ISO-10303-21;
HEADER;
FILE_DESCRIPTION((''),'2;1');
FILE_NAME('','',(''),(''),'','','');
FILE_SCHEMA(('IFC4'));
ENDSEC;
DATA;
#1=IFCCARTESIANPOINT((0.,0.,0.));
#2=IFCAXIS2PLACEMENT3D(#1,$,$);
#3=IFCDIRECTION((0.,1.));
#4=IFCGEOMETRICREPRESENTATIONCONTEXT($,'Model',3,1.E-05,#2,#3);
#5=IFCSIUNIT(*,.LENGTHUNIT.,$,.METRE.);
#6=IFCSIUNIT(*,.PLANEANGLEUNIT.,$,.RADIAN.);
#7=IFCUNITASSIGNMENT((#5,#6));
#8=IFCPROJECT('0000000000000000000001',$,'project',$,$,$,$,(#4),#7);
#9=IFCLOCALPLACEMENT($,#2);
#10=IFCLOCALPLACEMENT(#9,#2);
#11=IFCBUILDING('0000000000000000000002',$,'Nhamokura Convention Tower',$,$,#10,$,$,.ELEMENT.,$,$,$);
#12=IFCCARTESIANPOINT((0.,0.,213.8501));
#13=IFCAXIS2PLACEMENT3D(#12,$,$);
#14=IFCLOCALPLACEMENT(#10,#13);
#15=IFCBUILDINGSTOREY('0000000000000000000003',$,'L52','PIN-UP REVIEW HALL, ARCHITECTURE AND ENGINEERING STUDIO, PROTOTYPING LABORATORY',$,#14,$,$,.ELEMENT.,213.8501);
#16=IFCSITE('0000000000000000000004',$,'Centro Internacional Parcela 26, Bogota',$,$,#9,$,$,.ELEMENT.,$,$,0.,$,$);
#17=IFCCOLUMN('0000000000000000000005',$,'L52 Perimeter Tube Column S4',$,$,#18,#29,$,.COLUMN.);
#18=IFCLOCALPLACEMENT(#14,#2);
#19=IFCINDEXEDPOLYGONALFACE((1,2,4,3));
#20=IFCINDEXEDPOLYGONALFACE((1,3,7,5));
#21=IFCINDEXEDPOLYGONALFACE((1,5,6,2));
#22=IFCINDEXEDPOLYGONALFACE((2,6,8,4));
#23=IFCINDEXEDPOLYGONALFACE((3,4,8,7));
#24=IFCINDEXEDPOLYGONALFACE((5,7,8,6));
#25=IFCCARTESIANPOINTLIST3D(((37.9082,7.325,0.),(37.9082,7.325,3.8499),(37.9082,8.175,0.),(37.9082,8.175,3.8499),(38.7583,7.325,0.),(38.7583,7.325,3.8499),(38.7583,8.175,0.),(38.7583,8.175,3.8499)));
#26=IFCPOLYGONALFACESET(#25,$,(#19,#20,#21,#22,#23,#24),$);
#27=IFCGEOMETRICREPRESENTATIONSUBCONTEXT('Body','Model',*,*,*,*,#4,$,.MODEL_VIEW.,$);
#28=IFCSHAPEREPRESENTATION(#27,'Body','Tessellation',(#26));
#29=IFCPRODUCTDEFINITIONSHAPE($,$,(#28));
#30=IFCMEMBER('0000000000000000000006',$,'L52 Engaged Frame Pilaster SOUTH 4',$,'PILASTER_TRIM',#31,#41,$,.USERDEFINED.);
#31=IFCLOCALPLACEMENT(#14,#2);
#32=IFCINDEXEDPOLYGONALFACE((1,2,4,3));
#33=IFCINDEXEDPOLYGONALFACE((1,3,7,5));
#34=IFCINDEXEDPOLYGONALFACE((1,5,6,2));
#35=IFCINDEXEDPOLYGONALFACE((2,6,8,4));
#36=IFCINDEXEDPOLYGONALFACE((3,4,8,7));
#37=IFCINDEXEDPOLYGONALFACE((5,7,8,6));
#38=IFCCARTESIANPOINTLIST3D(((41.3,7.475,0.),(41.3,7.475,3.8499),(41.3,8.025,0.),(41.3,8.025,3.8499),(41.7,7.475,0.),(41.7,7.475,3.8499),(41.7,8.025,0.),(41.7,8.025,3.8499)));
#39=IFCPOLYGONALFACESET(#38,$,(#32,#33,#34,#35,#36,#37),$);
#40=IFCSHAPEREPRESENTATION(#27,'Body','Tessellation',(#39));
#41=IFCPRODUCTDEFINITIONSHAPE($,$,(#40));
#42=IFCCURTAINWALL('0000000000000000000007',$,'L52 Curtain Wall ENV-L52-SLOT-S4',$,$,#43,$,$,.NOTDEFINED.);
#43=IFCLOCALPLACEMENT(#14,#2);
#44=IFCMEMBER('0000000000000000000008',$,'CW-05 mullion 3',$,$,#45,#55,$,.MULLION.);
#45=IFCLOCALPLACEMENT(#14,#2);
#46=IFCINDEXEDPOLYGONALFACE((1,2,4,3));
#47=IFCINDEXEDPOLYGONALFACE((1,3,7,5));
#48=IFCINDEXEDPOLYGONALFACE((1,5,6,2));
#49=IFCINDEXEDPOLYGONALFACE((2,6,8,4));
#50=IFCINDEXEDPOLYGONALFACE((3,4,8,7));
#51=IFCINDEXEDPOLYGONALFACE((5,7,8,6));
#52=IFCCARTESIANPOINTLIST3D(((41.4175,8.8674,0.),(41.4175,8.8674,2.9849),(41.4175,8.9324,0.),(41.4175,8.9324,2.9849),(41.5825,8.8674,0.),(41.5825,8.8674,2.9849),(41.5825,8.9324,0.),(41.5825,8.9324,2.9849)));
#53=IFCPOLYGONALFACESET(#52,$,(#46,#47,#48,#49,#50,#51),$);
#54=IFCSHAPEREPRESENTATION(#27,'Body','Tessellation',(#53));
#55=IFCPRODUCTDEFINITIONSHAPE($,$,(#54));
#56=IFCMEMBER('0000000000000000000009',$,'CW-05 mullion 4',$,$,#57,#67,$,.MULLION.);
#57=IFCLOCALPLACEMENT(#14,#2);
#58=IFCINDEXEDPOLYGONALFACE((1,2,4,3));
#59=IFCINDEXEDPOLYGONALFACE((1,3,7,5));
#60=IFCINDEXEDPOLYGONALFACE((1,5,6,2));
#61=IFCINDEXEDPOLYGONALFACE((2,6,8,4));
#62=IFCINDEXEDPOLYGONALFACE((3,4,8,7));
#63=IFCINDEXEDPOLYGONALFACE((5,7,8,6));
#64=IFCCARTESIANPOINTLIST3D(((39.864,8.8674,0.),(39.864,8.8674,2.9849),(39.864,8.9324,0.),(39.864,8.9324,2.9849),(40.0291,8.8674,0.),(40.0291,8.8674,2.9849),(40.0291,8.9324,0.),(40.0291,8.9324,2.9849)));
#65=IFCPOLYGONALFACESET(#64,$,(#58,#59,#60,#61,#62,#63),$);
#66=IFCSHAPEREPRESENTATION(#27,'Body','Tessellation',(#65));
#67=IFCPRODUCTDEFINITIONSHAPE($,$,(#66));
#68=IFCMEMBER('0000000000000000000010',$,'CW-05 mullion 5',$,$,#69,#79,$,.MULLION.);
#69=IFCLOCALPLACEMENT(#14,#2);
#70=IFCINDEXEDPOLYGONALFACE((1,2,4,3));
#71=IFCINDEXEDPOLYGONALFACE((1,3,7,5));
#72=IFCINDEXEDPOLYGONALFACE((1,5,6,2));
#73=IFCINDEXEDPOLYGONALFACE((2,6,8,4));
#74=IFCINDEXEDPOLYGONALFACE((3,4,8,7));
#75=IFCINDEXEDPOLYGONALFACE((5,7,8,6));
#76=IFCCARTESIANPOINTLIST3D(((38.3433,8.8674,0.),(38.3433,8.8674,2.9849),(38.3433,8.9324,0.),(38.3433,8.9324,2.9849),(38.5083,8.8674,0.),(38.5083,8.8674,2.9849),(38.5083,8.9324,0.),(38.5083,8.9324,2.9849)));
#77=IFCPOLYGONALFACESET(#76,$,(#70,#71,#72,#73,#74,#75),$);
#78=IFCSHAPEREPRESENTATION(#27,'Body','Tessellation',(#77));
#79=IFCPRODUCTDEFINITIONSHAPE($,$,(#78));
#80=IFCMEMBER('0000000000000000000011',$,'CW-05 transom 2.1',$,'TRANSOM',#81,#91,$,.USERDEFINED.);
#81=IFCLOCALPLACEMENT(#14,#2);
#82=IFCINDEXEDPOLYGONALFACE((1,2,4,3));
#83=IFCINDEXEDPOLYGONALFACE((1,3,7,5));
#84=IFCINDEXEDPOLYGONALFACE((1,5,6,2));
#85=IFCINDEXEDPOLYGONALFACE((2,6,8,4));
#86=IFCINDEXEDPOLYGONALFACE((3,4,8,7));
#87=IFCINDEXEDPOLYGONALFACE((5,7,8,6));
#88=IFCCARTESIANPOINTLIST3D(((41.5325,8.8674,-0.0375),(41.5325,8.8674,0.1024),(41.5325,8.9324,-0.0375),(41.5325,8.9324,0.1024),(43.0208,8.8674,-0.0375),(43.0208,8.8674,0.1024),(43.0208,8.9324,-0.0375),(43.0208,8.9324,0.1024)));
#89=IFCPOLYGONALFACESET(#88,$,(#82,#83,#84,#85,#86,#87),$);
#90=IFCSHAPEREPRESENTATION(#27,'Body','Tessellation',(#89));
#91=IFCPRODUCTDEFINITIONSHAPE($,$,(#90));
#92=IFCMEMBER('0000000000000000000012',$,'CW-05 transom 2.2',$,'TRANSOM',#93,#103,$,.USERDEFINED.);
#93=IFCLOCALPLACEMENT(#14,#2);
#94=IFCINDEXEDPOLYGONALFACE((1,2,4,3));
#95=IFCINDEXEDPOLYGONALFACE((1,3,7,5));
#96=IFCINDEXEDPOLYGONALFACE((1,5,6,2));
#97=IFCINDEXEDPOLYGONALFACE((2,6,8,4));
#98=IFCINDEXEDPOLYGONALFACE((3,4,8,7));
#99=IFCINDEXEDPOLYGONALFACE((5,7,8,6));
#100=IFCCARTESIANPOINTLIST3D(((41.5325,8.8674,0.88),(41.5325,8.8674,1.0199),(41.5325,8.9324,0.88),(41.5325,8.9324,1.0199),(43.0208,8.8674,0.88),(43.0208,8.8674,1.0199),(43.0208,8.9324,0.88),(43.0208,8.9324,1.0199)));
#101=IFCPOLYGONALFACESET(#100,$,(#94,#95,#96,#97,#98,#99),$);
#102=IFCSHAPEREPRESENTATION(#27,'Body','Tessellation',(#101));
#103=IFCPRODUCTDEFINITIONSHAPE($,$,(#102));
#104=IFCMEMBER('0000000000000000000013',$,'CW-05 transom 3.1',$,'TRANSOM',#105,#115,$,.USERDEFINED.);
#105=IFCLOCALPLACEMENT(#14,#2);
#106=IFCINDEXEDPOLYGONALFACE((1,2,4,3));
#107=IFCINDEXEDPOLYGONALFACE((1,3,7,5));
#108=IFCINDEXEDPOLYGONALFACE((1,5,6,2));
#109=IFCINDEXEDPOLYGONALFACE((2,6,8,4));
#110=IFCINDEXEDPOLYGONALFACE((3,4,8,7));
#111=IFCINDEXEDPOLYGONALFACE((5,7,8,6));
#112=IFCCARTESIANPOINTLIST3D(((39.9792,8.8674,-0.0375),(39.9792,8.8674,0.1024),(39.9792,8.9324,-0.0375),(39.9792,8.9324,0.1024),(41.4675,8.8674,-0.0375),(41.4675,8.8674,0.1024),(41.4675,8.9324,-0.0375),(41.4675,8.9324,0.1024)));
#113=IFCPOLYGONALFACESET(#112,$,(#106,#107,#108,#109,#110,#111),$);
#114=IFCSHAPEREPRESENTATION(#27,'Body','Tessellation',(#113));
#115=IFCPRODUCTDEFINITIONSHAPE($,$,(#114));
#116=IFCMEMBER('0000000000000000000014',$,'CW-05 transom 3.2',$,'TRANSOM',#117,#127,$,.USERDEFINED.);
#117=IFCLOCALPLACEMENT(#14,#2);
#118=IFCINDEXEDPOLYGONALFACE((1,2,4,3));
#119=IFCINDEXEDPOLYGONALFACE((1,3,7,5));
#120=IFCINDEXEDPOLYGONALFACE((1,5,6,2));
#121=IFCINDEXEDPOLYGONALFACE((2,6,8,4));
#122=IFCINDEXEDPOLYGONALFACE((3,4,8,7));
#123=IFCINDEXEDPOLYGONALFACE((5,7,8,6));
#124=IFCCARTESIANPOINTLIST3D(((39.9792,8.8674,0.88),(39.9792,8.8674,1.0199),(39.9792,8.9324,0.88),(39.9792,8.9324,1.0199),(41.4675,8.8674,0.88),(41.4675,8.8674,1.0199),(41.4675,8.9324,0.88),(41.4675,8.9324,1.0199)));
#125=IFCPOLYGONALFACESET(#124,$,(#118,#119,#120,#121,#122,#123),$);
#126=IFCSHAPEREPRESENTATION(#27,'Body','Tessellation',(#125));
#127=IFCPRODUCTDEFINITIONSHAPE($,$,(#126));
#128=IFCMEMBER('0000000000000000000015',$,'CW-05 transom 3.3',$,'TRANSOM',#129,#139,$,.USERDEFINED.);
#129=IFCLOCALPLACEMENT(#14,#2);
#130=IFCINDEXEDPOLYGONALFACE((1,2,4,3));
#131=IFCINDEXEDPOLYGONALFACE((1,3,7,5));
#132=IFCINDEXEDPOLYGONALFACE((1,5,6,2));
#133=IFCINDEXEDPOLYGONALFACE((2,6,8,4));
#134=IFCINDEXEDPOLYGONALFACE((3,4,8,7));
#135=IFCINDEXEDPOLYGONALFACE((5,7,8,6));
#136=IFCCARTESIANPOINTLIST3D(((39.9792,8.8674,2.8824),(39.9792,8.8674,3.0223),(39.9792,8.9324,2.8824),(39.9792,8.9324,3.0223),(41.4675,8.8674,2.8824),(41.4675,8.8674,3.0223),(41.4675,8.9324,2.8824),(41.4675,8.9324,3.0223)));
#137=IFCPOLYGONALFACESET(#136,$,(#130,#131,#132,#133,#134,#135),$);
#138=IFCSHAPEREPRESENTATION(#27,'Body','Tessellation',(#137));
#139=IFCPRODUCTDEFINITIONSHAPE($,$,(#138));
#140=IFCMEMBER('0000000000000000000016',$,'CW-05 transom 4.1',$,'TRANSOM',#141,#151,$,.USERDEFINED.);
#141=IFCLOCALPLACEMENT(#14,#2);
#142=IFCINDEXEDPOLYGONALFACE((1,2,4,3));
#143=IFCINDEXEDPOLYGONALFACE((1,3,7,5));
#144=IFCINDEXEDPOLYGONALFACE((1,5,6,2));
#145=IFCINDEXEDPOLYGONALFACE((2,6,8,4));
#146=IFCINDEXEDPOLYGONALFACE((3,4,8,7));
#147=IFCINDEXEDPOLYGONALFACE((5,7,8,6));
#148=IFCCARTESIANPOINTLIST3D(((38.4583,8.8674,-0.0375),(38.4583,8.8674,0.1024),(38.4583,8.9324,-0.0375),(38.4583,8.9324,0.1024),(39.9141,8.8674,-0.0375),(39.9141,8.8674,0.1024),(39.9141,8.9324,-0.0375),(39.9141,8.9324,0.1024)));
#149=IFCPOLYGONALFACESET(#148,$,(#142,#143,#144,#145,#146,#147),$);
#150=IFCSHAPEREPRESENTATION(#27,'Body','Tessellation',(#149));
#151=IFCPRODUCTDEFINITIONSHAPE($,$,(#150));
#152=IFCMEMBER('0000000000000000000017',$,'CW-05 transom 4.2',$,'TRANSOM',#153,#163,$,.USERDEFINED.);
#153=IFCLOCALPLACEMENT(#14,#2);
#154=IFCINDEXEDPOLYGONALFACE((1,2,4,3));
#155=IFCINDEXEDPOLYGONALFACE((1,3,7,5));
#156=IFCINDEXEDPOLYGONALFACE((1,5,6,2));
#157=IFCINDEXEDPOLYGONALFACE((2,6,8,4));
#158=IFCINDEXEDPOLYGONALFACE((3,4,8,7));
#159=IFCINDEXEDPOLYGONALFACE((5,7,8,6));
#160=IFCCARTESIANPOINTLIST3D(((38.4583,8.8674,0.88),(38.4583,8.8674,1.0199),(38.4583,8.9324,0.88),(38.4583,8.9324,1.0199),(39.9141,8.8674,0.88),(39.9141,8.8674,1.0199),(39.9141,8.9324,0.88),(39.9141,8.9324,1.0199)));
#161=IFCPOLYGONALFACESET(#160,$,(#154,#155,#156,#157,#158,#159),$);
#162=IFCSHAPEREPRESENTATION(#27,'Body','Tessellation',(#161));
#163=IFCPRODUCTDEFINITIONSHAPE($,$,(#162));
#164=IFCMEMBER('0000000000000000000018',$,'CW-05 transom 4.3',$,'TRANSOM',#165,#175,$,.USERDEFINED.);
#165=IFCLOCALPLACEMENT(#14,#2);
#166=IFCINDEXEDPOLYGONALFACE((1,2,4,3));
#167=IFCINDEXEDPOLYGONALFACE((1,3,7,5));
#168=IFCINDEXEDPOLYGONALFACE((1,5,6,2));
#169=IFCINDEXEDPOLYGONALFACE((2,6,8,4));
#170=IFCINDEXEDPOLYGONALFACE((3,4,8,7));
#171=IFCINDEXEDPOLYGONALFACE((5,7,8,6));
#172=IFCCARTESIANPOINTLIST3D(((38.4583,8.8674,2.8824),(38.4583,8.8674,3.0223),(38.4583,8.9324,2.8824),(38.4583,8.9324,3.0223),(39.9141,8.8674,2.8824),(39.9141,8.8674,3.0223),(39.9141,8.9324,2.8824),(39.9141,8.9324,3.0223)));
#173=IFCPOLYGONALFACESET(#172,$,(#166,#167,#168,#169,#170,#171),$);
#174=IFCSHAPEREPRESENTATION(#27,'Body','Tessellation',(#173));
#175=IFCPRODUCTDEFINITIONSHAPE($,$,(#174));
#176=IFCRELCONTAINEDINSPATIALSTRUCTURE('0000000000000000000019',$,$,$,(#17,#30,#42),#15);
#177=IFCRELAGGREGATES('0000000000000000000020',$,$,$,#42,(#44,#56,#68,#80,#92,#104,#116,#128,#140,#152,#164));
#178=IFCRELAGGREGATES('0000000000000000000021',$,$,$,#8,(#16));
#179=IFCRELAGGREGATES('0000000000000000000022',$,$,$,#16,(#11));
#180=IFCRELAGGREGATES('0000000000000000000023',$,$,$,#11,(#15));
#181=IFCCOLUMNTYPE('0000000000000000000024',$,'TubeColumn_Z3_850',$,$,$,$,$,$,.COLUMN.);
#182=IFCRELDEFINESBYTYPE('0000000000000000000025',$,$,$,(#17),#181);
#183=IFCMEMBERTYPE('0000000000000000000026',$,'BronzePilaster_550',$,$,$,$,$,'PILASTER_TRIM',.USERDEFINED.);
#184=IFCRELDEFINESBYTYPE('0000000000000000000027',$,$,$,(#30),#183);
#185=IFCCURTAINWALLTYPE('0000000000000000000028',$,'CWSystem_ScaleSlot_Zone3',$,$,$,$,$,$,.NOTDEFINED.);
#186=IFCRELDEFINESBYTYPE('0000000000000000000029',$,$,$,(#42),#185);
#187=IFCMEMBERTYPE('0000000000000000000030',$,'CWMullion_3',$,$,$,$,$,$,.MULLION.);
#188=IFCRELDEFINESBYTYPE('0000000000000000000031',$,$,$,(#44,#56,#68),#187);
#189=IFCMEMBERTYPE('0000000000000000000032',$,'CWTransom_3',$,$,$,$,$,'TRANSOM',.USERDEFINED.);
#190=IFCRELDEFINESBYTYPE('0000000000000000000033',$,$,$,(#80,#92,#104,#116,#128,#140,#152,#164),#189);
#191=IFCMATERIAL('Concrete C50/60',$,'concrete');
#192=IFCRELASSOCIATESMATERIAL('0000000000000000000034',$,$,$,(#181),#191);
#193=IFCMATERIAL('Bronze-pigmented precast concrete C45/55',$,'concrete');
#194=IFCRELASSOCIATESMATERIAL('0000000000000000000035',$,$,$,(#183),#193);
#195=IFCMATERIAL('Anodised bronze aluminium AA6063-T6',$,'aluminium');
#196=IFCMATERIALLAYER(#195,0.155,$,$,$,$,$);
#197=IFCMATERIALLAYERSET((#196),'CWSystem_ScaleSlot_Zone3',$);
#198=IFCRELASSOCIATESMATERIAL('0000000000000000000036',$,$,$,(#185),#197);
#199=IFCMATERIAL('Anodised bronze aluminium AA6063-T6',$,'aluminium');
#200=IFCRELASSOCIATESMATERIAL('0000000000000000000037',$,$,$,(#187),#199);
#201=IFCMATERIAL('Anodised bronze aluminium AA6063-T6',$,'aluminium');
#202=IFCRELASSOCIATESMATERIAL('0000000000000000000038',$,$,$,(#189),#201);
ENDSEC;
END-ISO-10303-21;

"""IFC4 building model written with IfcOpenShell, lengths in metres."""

from ifc_helpers import new_model, si_unit, direction, frame, origin, origin_2d, place, context, subcontext, project, spatial, rectangle, extrude, material, layer, layer_set, material_profile, profile_set, type_object, element, aggregate, save


model = new_model("IFC4")

# Units and contexts
model_context = context("Model", 3, precision=1e-05, world=origin(), true_north=direction((0.0, 1.0)))
body_context = subcontext(model_context, "Body", "Model", "MODEL_VIEW")
ifc_project = project(units=[si_unit("LENGTHUNIT", "METRE"), si_unit("PLANEANGLEUNIT", "RADIAN")], contexts=[model_context])

# Site, building, storey
site_placement = place(None, origin())
site = spatial("IfcSite", under=ifc_project, at=site_placement, Name="Centro Internacional Parcela 26, Bogota", CompositionType="ELEMENT", RefElevation=0.0)
building_placement = place(site_placement, origin())
building = spatial("IfcBuilding", under=site, at=building_placement, Name="Nhamokura Convention Tower", CompositionType="ELEMENT")
storey_placement = place(building_placement, frame((0.0, 0.0, 213.8501)))
storey = spatial("IfcBuildingStorey", under=building, at=storey_placement, Name="L52", Description="PIN-UP REVIEW HALL, ARCHITECTURE AND ENGINEERING STUDIO, PROTOTYPING LABORATORY", CompositionType="ELEMENT", Elevation=213.8501)

# Column
ifc_material_1 = material(Name="Concrete C50/60", Category="concrete")
ifc_material_profile_1 = material_profile(ifc_material_1, rectangle(XDim=0.8501, YDim=0.8501, at=origin_2d()))
ifc_profile_set_1 = profile_set([ifc_material_profile_1], Name="Concrete C50/60")
column_type = type_object("IfcColumnType", Name="TubeColumn_Z3_850", PredefinedType="COLUMN", material=ifc_profile_set_1)
column_placement = place(storey_placement, frame((38.3333, 7.75, 0.0), z_axis=(0.0, 0.0, 1.0), x_axis=(1.0, 0.0, 0.0)))
element("IfcColumn", 1, at=column_placement, inside=storey, type_object=column_type, Name="L52 Perimeter Tube Column S4", PredefinedType="COLUMN", context=body_context, shape_type="SweptSolid", body=[
    extrude(rectangle(XDim=0.8501, YDim=0.8501, at=origin_2d()), origin(), (0.0, 0.0, 1.0), 3.8499),
])

# Member
ifc_material_2 = material(Name="Bronze-pigmented precast concrete C45/55", Category="concrete")
ifc_material_profile_2 = material_profile(ifc_material_2, rectangle(XDim=0.3999, YDim=0.55, at=origin_2d()))
ifc_profile_set_2 = profile_set([ifc_material_profile_2], Name="Bronze-pigmented precast concrete C45/55")
member_type_1 = type_object("IfcMemberType", Name="BronzePilaster_550", ElementType="PILASTER_TRIM", PredefinedType="USERDEFINED", material=ifc_profile_set_2)
member_1_placement = place(storey_placement, frame((41.5, 7.75, 0.0), z_axis=(0.0, 0.0, 1.0), x_axis=(1.0, 0.0, 0.0)))
element("IfcMember", 2, at=member_1_placement, inside=storey, type_object=member_type_1, Name="L52 Engaged Frame Pilaster SOUTH 4", ObjectType="PILASTER_TRIM", PredefinedType="USERDEFINED", context=body_context, shape_type="SweptSolid", body=[
    extrude(rectangle(XDim=0.3999, YDim=0.55, at=origin_2d()), origin(), (0.0, 0.0, 1.0), 3.8499),
])

# Curtain wall, members
ifc_material_3 = material(Name="Anodised bronze aluminium AA6063-T6", Category="aluminium")
ifc_layer_1 = layer(ifc_material_3, 0.155)
ifc_layer_set_1 = layer_set([ifc_layer_1], Name="CWSystem_ScaleSlot_Zone3")
curtain_wall_type = type_object("IfcCurtainWallType", Name="CWSystem_ScaleSlot_Zone3", PredefinedType="NOTDEFINED", material=ifc_layer_set_1)
curtain_wall_placement = place(storey_placement, origin())
curtain_wall = element("IfcCurtainWall", 3, at=curtain_wall_placement, inside=storey, type_object=curtain_wall_type, Name="L52 Curtain Wall ENV-L52-SLOT-S4", PredefinedType="NOTDEFINED")
ifc_material_4 = material(Name="Anodised bronze aluminium AA6063-T6", Category="aluminium")
ifc_material_profile_3 = material_profile(ifc_material_4, rectangle(XDim=0.0649, YDim=0.165, at=origin_2d()))
ifc_profile_set_3 = profile_set([ifc_material_profile_3], Name="Anodised bronze aluminium AA6063-T6")
member_type_2 = type_object("IfcMemberType", Name="CWMullion_3", PredefinedType="MULLION", material=ifc_profile_set_3)
member_2_placement = place(storey_placement, frame((41.5, 8.8999, 0.0), z_axis=(0.0, 0.0, 1.0), x_axis=(0.0, -1.0, 0.0)))
member_2 = element("IfcMember", 4, at=member_2_placement, type_object=member_type_2, Name="CW-05 mullion 3", PredefinedType="MULLION", context=body_context, shape_type="SweptSolid", body=[
    extrude(rectangle(XDim=0.0649, YDim=0.165, at=origin_2d()), origin(), (0.0, 0.0, 1.0), 2.9849),
])
member_3_placement = place(storey_placement, frame((39.9465, 8.8999, 0.0), z_axis=(0.0, 0.0, 1.0), x_axis=(0.0, -1.0, 0.0)))
member_3 = element("IfcMember", 5, at=member_3_placement, type_object=member_type_2, Name="CW-05 mullion 4", PredefinedType="MULLION", context=body_context, shape_type="SweptSolid", body=[
    extrude(rectangle(XDim=0.0649, YDim=0.165, at=origin_2d()), origin(), (0.0, 0.0, 1.0), 2.9849),
])
member_4_placement = place(storey_placement, frame((38.4258, 8.8999, 0.0), z_axis=(0.0, 0.0, 1.0), x_axis=(0.0, -1.0, 0.0)))
member_4 = element("IfcMember", 6, at=member_4_placement, type_object=member_type_2, Name="CW-05 mullion 5", PredefinedType="MULLION", context=body_context, shape_type="SweptSolid", body=[
    extrude(rectangle(XDim=0.0649, YDim=0.165, at=origin_2d()), origin(), (0.0, 0.0, 1.0), 2.9849),
])
ifc_material_5 = material(Name="Anodised bronze aluminium AA6063-T6", Category="aluminium")
ifc_material_profile_4 = material_profile(ifc_material_5, rectangle(XDim=0.0649, YDim=0.1399, at=origin_2d()))
ifc_profile_set_4 = profile_set([ifc_material_profile_4], Name="Anodised bronze aluminium AA6063-T6")
member_type_3 = type_object("IfcMemberType", Name="CWTransom_3", ElementType="TRANSOM", PredefinedType="USERDEFINED", material=ifc_profile_set_4)
member_5_placement = place(storey_placement, frame((43.0208, 8.8999, 0.0325), z_axis=(-1.0, 0.0, 0.0), x_axis=(0.0, -1.0, 0.0)))
member_5 = element("IfcMember", 7, at=member_5_placement, type_object=member_type_3, Name="CW-05 transom 2.1", ObjectType="TRANSOM", PredefinedType="USERDEFINED", context=body_context, shape_type="SweptSolid", body=[
    extrude(rectangle(XDim=0.0649, YDim=0.1399, at=origin_2d()), origin(), (0.0, 0.0, 1.0), 1.4883),
])
member_6_placement = place(storey_placement, frame((43.0208, 8.8999, 0.95), z_axis=(-1.0, 0.0, 0.0), x_axis=(0.0, -1.0, 0.0)))
member_6 = element("IfcMember", 8, at=member_6_placement, type_object=member_type_3, Name="CW-05 transom 2.2", ObjectType="TRANSOM", PredefinedType="USERDEFINED", context=body_context, shape_type="SweptSolid", body=[
    extrude(rectangle(XDim=0.0649, YDim=0.1399, at=origin_2d()), origin(), (0.0, 0.0, 1.0), 1.4883),
])
member_7_placement = place(storey_placement, frame((41.4675, 8.8999, 0.0325), z_axis=(-1.0, 0.0, 0.0), x_axis=(0.0, -1.0, 0.0)))
member_7 = element("IfcMember", 9, at=member_7_placement, type_object=member_type_3, Name="CW-05 transom 3.1", ObjectType="TRANSOM", PredefinedType="USERDEFINED", context=body_context, shape_type="SweptSolid", body=[
    extrude(rectangle(XDim=0.0649, YDim=0.1399, at=origin_2d()), origin(), (0.0, 0.0, 1.0), 1.4883),
])
member_8_placement = place(storey_placement, frame((41.4675, 8.8999, 0.95), z_axis=(-1.0, 0.0, 0.0), x_axis=(0.0, -1.0, 0.0)))
member_8 = element("IfcMember", 10, at=member_8_placement, type_object=member_type_3, Name="CW-05 transom 3.2", ObjectType="TRANSOM", PredefinedType="USERDEFINED", context=body_context, shape_type="SweptSolid", body=[
    extrude(rectangle(XDim=0.0649, YDim=0.1399, at=origin_2d()), origin(), (0.0, 0.0, 1.0), 1.4883),
])
member_9_placement = place(storey_placement, frame((41.4675, 8.8999, 2.9524), z_axis=(-1.0, 0.0, 0.0), x_axis=(0.0, -1.0, 0.0)))
member_9 = element("IfcMember", 11, at=member_9_placement, type_object=member_type_3, Name="CW-05 transom 3.3", ObjectType="TRANSOM", PredefinedType="USERDEFINED", context=body_context, shape_type="SweptSolid", body=[
    extrude(rectangle(XDim=0.0649, YDim=0.1399, at=origin_2d()), origin(), (0.0, 0.0, 1.0), 1.4883),
])
member_10_placement = place(storey_placement, frame((39.9141, 8.8999, 0.0325), z_axis=(-1.0, 0.0, 0.0), x_axis=(0.0, -1.0, 0.0)))
member_10 = element("IfcMember", 12, at=member_10_placement, type_object=member_type_3, Name="CW-05 transom 4.1", ObjectType="TRANSOM", PredefinedType="USERDEFINED", context=body_context, shape_type="SweptSolid", body=[
    extrude(rectangle(XDim=0.0649, YDim=0.1399, at=origin_2d()), origin(), (0.0, 0.0, 1.0), 1.4558),
])
member_11_placement = place(storey_placement, frame((39.9141, 8.8999, 0.95), z_axis=(-1.0, 0.0, 0.0), x_axis=(0.0, -1.0, 0.0)))
member_11 = element("IfcMember", 13, at=member_11_placement, type_object=member_type_3, Name="CW-05 transom 4.2", ObjectType="TRANSOM", PredefinedType="USERDEFINED", context=body_context, shape_type="SweptSolid", body=[
    extrude(rectangle(XDim=0.0649, YDim=0.1399, at=origin_2d()), origin(), (0.0, 0.0, 1.0), 1.4558),
])
member_12_placement = place(storey_placement, frame((39.9141, 8.8999, 2.9524), z_axis=(-1.0, 0.0, 0.0), x_axis=(0.0, -1.0, 0.0)))
member_12 = element("IfcMember", 14, at=member_12_placement, type_object=member_type_3, Name="CW-05 transom 4.3", ObjectType="TRANSOM", PredefinedType="USERDEFINED", context=body_context, shape_type="SweptSolid", body=[
    extrude(rectangle(XDim=0.0649, YDim=0.1399, at=origin_2d()), origin(), (0.0, 0.0, 1.0), 1.4558),
])

aggregate(curtain_wall, [member_2, member_3, member_4, member_5, member_6, member_7, member_8, member_9, member_10, member_11, member_12])

save(model, "model.ifc")
